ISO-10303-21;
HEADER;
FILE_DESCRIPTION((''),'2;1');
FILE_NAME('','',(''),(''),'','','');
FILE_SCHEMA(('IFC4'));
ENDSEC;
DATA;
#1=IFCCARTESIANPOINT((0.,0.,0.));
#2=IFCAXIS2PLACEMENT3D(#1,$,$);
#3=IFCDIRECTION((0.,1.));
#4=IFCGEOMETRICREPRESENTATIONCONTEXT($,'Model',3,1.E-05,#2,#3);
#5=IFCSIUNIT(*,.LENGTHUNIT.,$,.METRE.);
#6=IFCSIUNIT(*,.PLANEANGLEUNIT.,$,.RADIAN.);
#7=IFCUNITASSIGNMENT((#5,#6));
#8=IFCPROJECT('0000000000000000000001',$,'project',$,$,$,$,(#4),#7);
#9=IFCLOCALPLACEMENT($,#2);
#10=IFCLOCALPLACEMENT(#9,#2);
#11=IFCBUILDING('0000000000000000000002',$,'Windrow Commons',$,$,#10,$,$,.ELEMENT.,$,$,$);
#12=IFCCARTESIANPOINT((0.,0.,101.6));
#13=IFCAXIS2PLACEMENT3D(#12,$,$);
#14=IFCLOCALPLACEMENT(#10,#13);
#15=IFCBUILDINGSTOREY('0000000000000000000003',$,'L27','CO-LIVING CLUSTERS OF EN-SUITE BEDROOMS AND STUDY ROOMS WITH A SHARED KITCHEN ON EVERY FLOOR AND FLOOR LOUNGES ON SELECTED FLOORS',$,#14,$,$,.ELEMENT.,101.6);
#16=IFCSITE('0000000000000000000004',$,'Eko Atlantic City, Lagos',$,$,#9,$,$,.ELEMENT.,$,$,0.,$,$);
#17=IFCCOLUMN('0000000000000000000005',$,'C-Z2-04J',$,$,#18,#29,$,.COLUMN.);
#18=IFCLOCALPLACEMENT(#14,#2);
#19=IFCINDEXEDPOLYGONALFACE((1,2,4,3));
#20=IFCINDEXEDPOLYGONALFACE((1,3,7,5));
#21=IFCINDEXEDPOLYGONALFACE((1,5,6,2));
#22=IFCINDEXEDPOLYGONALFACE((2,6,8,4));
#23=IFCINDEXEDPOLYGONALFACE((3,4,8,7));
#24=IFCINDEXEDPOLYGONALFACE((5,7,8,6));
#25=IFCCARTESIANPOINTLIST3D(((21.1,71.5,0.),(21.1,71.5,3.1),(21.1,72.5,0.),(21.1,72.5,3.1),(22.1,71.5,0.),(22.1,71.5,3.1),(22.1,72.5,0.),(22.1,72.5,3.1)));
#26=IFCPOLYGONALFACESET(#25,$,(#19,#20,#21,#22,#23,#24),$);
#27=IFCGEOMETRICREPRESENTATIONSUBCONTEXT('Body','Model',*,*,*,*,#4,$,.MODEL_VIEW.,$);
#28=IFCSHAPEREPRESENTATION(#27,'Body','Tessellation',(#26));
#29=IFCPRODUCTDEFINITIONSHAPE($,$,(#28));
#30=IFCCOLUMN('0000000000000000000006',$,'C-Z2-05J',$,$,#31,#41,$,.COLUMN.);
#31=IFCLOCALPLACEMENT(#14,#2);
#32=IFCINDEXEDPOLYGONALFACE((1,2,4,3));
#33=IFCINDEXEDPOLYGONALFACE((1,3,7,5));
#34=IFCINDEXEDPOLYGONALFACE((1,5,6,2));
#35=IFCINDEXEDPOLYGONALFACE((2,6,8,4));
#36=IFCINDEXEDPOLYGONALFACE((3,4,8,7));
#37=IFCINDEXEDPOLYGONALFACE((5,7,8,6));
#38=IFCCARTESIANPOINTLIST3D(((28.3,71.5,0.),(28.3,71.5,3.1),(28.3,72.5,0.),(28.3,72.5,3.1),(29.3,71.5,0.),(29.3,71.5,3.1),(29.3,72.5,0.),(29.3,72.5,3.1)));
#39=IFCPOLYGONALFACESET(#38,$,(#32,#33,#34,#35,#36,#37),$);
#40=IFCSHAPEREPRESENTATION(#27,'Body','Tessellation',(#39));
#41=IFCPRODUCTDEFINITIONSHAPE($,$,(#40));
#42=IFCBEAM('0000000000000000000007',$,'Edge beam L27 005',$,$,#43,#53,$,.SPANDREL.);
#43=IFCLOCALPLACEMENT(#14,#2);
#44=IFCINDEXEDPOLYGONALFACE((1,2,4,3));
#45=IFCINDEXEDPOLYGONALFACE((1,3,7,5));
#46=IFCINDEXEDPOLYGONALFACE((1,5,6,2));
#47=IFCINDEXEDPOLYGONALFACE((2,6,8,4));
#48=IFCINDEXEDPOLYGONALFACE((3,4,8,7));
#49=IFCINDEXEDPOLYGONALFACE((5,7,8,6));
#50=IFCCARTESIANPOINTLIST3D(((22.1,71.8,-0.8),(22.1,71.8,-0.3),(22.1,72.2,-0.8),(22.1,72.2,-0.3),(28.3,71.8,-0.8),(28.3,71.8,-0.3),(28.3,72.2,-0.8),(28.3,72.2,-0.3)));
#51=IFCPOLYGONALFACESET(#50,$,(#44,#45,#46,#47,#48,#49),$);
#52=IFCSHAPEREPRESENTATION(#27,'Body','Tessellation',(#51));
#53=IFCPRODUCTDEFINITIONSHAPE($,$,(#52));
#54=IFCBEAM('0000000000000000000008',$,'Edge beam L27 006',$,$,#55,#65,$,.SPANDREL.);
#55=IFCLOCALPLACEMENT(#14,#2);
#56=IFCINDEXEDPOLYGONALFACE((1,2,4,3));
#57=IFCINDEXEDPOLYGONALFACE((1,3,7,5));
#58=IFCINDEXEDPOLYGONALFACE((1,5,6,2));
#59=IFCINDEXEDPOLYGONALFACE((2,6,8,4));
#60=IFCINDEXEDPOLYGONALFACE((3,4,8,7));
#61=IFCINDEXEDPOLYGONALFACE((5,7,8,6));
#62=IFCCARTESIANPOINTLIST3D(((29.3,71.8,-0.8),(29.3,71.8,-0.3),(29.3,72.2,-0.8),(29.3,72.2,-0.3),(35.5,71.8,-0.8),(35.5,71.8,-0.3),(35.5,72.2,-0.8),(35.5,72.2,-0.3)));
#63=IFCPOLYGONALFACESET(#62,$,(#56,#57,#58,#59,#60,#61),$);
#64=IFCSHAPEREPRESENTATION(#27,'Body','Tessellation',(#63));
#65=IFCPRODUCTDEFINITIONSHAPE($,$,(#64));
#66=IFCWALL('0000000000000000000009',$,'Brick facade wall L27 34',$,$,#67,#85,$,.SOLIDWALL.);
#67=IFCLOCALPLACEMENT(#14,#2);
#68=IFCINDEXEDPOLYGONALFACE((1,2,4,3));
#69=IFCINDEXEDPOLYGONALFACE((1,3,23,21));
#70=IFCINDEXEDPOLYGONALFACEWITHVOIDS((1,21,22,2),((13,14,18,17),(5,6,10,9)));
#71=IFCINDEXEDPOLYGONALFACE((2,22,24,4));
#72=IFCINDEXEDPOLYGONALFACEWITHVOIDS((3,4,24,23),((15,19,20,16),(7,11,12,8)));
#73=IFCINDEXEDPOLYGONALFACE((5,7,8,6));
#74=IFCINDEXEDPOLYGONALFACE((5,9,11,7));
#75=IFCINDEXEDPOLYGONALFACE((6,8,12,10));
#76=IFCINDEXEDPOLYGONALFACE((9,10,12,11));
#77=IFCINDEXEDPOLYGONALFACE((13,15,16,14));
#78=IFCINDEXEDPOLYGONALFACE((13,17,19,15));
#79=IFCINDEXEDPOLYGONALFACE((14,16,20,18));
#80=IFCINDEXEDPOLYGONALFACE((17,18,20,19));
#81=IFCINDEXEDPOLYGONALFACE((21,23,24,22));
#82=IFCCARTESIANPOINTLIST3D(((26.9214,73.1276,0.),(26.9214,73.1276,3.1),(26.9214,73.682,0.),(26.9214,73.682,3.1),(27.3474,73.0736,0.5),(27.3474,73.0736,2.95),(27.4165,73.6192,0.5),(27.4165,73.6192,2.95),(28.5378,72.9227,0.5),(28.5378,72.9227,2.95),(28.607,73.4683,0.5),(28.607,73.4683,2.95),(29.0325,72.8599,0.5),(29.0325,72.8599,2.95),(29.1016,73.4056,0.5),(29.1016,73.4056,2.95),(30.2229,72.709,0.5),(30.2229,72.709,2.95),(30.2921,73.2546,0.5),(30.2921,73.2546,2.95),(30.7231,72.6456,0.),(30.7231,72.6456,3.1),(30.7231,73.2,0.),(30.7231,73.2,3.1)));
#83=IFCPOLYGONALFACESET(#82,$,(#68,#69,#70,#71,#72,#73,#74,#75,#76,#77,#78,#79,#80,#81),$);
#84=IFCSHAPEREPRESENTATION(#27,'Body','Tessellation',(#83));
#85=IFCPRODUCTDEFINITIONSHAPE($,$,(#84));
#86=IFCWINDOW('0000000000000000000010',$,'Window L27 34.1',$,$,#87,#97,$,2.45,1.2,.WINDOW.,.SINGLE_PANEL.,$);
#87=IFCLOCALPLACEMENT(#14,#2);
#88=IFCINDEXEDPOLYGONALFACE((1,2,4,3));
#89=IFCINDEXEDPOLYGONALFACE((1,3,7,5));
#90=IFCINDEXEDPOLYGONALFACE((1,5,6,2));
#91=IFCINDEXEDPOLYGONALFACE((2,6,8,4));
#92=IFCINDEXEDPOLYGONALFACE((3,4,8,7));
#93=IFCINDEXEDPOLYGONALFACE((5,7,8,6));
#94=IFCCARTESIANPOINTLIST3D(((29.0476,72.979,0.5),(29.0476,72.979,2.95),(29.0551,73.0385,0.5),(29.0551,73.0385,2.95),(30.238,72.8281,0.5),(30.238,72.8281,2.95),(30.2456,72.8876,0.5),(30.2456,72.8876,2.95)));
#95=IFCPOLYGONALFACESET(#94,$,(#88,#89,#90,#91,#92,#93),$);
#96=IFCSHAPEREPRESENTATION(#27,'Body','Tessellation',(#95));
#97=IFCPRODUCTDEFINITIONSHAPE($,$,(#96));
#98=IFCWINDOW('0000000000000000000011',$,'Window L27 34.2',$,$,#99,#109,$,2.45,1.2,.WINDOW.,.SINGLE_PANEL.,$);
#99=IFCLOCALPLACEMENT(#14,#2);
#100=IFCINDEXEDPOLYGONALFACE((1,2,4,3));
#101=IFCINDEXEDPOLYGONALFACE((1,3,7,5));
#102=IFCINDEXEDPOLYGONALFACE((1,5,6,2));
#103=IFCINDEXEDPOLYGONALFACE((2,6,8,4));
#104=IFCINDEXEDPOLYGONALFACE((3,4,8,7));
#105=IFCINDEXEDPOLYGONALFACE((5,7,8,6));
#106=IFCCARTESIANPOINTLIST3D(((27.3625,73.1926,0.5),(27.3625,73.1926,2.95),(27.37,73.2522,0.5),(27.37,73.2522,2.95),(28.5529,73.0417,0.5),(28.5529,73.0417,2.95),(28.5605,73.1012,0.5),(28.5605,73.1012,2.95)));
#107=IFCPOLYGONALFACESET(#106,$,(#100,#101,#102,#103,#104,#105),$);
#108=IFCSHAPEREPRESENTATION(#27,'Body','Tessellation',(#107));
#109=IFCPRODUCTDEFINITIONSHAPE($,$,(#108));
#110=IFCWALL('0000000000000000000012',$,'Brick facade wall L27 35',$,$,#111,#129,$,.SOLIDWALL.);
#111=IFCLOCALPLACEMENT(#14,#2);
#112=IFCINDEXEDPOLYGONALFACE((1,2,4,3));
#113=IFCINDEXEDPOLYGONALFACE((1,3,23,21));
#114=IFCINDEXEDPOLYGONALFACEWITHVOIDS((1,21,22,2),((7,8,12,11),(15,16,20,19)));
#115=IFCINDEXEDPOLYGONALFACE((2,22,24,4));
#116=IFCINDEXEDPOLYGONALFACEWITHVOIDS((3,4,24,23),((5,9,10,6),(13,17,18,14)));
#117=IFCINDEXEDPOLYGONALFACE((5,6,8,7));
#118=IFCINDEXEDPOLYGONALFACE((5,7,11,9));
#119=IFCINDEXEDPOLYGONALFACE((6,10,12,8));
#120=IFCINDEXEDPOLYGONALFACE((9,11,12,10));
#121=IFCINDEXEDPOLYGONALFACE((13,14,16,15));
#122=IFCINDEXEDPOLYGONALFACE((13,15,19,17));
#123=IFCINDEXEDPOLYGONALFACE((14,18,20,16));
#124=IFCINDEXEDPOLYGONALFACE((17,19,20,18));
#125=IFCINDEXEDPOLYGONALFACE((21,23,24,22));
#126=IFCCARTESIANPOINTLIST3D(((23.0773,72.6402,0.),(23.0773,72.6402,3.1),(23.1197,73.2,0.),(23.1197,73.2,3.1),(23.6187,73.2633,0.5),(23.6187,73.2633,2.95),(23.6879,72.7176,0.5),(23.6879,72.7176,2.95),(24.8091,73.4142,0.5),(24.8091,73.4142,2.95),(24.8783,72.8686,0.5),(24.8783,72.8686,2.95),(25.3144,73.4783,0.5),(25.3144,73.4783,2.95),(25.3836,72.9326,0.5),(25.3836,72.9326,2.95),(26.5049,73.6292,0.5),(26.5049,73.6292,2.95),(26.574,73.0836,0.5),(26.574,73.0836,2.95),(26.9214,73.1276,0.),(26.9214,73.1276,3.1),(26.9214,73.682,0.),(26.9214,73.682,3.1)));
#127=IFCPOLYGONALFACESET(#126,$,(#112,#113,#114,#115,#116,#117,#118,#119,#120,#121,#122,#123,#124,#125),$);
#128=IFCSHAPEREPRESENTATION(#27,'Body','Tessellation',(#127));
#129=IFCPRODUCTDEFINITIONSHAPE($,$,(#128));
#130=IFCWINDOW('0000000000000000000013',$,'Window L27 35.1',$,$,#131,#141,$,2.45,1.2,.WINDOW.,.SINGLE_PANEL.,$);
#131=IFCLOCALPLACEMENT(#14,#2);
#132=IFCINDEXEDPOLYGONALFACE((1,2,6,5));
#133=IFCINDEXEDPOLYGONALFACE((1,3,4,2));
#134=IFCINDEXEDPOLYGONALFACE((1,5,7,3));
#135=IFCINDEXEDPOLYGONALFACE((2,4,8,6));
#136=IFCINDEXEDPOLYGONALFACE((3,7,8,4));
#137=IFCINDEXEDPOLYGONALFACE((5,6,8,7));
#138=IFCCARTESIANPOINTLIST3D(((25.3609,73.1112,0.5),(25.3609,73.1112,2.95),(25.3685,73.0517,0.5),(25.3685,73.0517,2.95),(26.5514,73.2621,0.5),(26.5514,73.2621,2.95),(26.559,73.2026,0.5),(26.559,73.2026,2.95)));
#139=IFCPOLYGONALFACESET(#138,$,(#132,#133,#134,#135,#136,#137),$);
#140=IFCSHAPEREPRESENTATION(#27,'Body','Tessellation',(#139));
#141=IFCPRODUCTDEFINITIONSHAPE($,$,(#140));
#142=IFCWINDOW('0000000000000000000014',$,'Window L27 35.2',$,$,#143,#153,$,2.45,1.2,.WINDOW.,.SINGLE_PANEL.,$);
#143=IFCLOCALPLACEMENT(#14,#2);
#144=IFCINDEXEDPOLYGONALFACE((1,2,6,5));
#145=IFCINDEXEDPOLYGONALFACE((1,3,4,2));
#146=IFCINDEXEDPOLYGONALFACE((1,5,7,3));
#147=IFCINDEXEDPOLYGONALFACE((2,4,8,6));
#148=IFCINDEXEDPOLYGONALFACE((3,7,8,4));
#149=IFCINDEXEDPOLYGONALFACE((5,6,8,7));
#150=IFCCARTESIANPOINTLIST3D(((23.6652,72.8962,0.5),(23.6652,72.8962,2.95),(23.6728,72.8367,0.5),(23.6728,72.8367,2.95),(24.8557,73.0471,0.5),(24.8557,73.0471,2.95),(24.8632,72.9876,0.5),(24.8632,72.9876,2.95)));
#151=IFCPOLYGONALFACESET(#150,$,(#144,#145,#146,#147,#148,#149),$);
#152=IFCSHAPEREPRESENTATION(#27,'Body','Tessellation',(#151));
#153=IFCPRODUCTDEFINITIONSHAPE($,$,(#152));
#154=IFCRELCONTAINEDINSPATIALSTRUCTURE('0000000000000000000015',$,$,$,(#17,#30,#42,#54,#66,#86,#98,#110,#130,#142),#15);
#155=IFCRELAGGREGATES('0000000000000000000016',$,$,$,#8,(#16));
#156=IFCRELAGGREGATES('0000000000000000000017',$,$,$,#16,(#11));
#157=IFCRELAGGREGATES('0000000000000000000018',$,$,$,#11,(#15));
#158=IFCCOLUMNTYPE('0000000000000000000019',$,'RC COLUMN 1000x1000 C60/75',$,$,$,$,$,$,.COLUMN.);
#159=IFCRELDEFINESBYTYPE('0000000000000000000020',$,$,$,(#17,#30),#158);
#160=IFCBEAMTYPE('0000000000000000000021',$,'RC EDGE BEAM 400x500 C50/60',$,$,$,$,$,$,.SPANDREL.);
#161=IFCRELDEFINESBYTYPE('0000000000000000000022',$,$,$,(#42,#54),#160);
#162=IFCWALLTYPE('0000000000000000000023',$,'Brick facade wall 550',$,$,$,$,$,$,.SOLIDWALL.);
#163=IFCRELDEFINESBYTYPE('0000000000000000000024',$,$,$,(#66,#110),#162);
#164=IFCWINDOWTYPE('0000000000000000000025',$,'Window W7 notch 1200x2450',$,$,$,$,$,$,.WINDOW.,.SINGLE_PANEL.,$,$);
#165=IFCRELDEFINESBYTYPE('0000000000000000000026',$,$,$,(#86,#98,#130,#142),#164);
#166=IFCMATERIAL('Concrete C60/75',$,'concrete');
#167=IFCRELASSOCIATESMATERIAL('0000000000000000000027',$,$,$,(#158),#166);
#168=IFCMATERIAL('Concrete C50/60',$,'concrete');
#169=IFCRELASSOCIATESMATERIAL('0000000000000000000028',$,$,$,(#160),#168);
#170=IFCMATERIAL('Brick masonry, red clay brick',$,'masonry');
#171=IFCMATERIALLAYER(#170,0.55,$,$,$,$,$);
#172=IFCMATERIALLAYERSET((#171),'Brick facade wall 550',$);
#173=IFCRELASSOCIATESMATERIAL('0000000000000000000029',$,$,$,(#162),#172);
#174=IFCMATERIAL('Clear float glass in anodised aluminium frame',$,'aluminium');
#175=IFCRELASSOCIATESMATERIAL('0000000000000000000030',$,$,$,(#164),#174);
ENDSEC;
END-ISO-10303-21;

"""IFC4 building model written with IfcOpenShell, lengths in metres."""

from ifc_helpers import new_model, si_unit, direction, frame, frame_2d, origin, origin_2d, place, context, subcontext, project, spatial, polyline, rectangle, outline, extrude, material, layer, layer_set, material_profile, profile_set, type_object, element, fill, save


model = new_model("IFC4")

# Units and contexts
model_context = context("Model", 3, precision=1e-05, world=origin(), true_north=direction((0.0, 1.0)))
body_context = subcontext(model_context, "Body", "Model", "MODEL_VIEW")
ifc_project = project(units=[si_unit("LENGTHUNIT", "METRE"), si_unit("PLANEANGLEUNIT", "RADIAN")], contexts=[model_context])

# Site, building, storey
site_placement = place(None, origin())
site = spatial("IfcSite", under=ifc_project, at=site_placement, Name="Eko Atlantic City, Lagos", CompositionType="ELEMENT", RefElevation=0.0)
building_placement = place(site_placement, origin())
building = spatial("IfcBuilding", under=site, at=building_placement, Name="Windrow Commons", CompositionType="ELEMENT")
storey_placement = place(building_placement, frame((0.0, 0.0, 101.6)))
storey = spatial("IfcBuildingStorey", under=building, at=storey_placement, Name="L27", Description="CO-LIVING CLUSTERS OF EN-SUITE BEDROOMS AND STUDY ROOMS WITH A SHARED KITCHEN ON EVERY FLOOR AND FLOOR LOUNGES ON SELECTED FLOORS", CompositionType="ELEMENT", Elevation=101.6)

# Columns
ifc_material_1 = material(Name="Concrete C60/75", Category="concrete")
ifc_material_profile_1 = material_profile(ifc_material_1, rectangle(XDim=1.0, YDim=1.0, at=origin_2d()))
ifc_profile_set_1 = profile_set([ifc_material_profile_1], Name="Concrete C60/75")
column_type = type_object("IfcColumnType", Name="RC COLUMN 1000x1000 C60/75", PredefinedType="COLUMN", material=ifc_profile_set_1)
for number, where, z_axis, x_axis, name in (
    (1, (21.6, 72.0, 0.0), (0.0, 0.0, 1.0), (1.0, 0.0, 0.0), "C-Z2-04J"),
    (2, (28.8, 72.0, 0.0), (0.0, 0.0, 1.0), (1.0, 0.0, 0.0), "C-Z2-05J"),
):
    element("IfcColumn", number, at=place(storey_placement, frame(where, z_axis=z_axis, x_axis=x_axis)), inside=storey, type_object=column_type, Name=name, PredefinedType="COLUMN", context=body_context, shape_type="SweptSolid", body=[
        extrude(rectangle(XDim=1.0, YDim=1.0, at=origin_2d()), origin(), (0.0, 0.0, 1.0), 3.1),
    ])

# Beams
ifc_material_2 = material(Name="Concrete C50/60", Category="concrete")
ifc_material_profile_2 = material_profile(ifc_material_2, rectangle(XDim=0.4, YDim=0.5, at=origin_2d()))
ifc_profile_set_2 = profile_set([ifc_material_profile_2], Name="Concrete C50/60")
beam_type = type_object("IfcBeamType", Name="RC EDGE BEAM 400x500 C50/60", PredefinedType="SPANDREL", material=ifc_profile_set_2)
for number, where, z_axis, x_axis, name in (
    (3, (22.1, 72.0, -0.55), (1.0, 0.0, 0.0), (0.0, 1.0, 0.0), "Edge beam L27 005"),
    (4, (29.3, 72.0, -0.55), (1.0, 0.0, 0.0), (0.0, 1.0, 0.0), "Edge beam L27 006"),
):
    element("IfcBeam", number, at=place(storey_placement, frame(where, z_axis=z_axis, x_axis=x_axis)), inside=storey, type_object=beam_type, Name=name, PredefinedType="SPANDREL", context=body_context, shape_type="SweptSolid", body=[
        extrude(rectangle(XDim=0.4, YDim=0.5, at=origin_2d()), origin(), (0.0, 0.0, 1.0), 6.2),
    ])

# Walls, openings, windows
ifc_material_3 = material(Name="Brick masonry, red clay brick", Category="masonry")
ifc_layer_1 = layer(ifc_material_3, 0.55)
ifc_layer_set_1 = layer_set([ifc_layer_1], Name="Brick facade wall 550")
wall_type_1 = type_object("IfcWallType", Name="Brick facade wall 550", PredefinedType="SOLIDWALL", material=ifc_layer_set_1)
wall_1_placement = place(storey_placement, frame((30.7231, 72.9228, 0.0), z_axis=(0.0, 0.0, 1.0), x_axis=(-0.992058, 0.125779, 0.0)))
wall_1 = element("IfcWall", 5, at=wall_1_placement, inside=storey, type_object=wall_type_1, Name="Brick facade wall L27 34", PredefinedType="SOLIDWALL", context=body_context, shape_type="SweptSolid", body=[
    extrude(outline(polyline([(0.0349, -0.275), (3.867, -0.275), (3.7973, 0.275), (-0.0349, 0.275), (0.0349, -0.275)])), origin(), (0.0, 0.0, 1.0), 3.1),
])
opening_1_placement = place(wall_1_placement, frame((0.4693, 0.0, 0.5)))
opening_1 = element("IfcOpeningElement", 6, at=opening_1_placement, cuts=wall_1, PredefinedType="OPENING", context=body_context, shape_type="SweptSolid", body=[
    extrude(rectangle(XDim=1.2, YDim=2.45, at=frame_2d((0.6, 1.225))), frame((0.0, 0.285, 0.0), z_axis=(0.0, -1.0, 0.0), x_axis=(1.0, 0.0, 0.0)), (0.0, 0.0, 1.0), 0.57),
])
opening_2_placement = place(wall_1_placement, frame((2.1679, 0.0, 0.5)))
opening_2 = element("IfcOpeningElement", 7, at=opening_2_placement, cuts=wall_1, PredefinedType="OPENING", context=body_context, shape_type="SweptSolid", body=[
    extrude(rectangle(XDim=1.2, YDim=2.45, at=frame_2d((0.6, 1.225))), frame((0.0, 0.285, 0.0), z_axis=(0.0, -1.0, 0.0), x_axis=(1.0, 0.0, 0.0)), (0.0, 0.0, 1.0), 0.57),
])
ifc_material_4 = material(Name="Clear float glass in anodised aluminium frame", Category="aluminium")
window_type_1 = type_object("IfcWindowType", Name="Window W7 notch 1200x2450", PartitioningType="SINGLE_PANEL", PredefinedType="WINDOW", material=ifc_material_4)
window_1_placement = place(opening_1_placement, origin())
window_1 = element("IfcWindow", 8, at=window_1_placement, inside=storey, type_object=window_type_1, Name="Window L27 34.1", OverallHeight=2.45, OverallWidth=1.2, PartitioningType="SINGLE_PANEL", PredefinedType="WINDOW", context=body_context, shape_type="SweptSolid", body=[
    extrude(rectangle(XDim=1.2, YDim=2.45, at=frame_2d((0.6, 1.225))), frame((0.0, 0.155, 0.0), z_axis=(0.0, -1.0, 0.0), x_axis=(1.0, 0.0, 0.0)), (0.0, 0.0, 1.0), 0.06),
])
fill(opening_1, window_1)
window_2_placement = place(opening_2_placement, origin())
window_2 = element("IfcWindow", 9, at=window_2_placement, inside=storey, type_object=window_type_1, Name="Window L27 34.2", OverallHeight=2.45, OverallWidth=1.2, PartitioningType="SINGLE_PANEL", PredefinedType="WINDOW", context=body_context, shape_type="SweptSolid", body=[
    extrude(rectangle(XDim=1.2, YDim=2.45, at=frame_2d((0.6, 1.225))), frame((0.0, 0.155, 0.0), z_axis=(0.0, -1.0, 0.0), x_axis=(1.0, 0.0, 0.0)), (0.0, 0.0, 1.0), 0.06),
])
fill(opening_2, window_2)
wall_2_placement = place(storey_placement, frame((26.9214, 73.4048, 0.0), z_axis=(0.0, 0.0, 1.0), x_axis=(-0.992058, -0.125782, 0.0)))
wall_2 = element("IfcWall", 10, at=wall_2_placement, inside=storey, type_object=wall_type_1, Name="Brick facade wall L27 35", PredefinedType="SOLIDWALL", context=body_context, shape_type="SweptSolid", body=[
    extrude(outline(polyline([(-0.0349, -0.275), (3.7973, -0.275), (3.9097, 0.275), (0.0349, 0.275), (-0.0349, -0.275)])), origin(), (0.0, 0.0, 1.0), 3.1),
])
opening_3_placement = place(wall_2_placement, frame((0.385, 0.0, 0.5)))
opening_3 = element("IfcOpeningElement", 11, at=opening_3_placement, cuts=wall_2, PredefinedType="OPENING", context=body_context, shape_type="SweptSolid", body=[
    extrude(rectangle(XDim=1.2, YDim=2.45, at=frame_2d((0.6, 1.225))), frame((0.0, 0.285, 0.0), z_axis=(0.0, -1.0, 0.0), x_axis=(1.0, 0.0, 0.0)), (0.0, 0.0, 1.0), 0.57),
])
opening_4_placement = place(wall_2_placement, frame((2.0943, 0.0, 0.5)))
opening_4 = element("IfcOpeningElement", 12, at=opening_4_placement, cuts=wall_2, PredefinedType="OPENING", context=body_context, shape_type="SweptSolid", body=[
    extrude(rectangle(XDim=1.2, YDim=2.45, at=frame_2d((0.6, 1.225))), frame((0.0, 0.285, 0.0), z_axis=(0.0, -1.0, 0.0), x_axis=(1.0, 0.0, 0.0)), (0.0, 0.0, 1.0), 0.57),
])
window_3_placement = place(opening_3_placement, origin())
window_3 = element("IfcWindow", 13, at=window_3_placement, inside=storey, type_object=window_type_1, Name="Window L27 35.1", OverallHeight=2.45, OverallWidth=1.2, PartitioningType="SINGLE_PANEL", PredefinedType="WINDOW", context=body_context, shape_type="SweptSolid", body=[
    extrude(rectangle(XDim=1.2, YDim=2.45, at=frame_2d((0.6, 1.225))), frame((0.0, 0.155, 0.0), z_axis=(0.0, -1.0, 0.0), x_axis=(1.0, 0.0, 0.0)), (0.0, 0.0, 1.0), 0.06),
])
fill(opening_3, window_3)
window_4_placement = place(opening_4_placement, origin())
window_4 = element("IfcWindow", 14, at=window_4_placement, inside=storey, type_object=window_type_1, Name="Window L27 35.2", OverallHeight=2.45, OverallWidth=1.2, PartitioningType="SINGLE_PANEL", PredefinedType="WINDOW", context=body_context, shape_type="SweptSolid", body=[
    extrude(rectangle(XDim=1.2, YDim=2.45, at=frame_2d((0.6, 1.225))), frame((0.0, 0.155, 0.0), z_axis=(0.0, -1.0, 0.0), x_axis=(1.0, 0.0, 0.0)), (0.0, 0.0, 1.0), 0.06),
])
fill(opening_4, window_4)

save(model, "model.ifc")
